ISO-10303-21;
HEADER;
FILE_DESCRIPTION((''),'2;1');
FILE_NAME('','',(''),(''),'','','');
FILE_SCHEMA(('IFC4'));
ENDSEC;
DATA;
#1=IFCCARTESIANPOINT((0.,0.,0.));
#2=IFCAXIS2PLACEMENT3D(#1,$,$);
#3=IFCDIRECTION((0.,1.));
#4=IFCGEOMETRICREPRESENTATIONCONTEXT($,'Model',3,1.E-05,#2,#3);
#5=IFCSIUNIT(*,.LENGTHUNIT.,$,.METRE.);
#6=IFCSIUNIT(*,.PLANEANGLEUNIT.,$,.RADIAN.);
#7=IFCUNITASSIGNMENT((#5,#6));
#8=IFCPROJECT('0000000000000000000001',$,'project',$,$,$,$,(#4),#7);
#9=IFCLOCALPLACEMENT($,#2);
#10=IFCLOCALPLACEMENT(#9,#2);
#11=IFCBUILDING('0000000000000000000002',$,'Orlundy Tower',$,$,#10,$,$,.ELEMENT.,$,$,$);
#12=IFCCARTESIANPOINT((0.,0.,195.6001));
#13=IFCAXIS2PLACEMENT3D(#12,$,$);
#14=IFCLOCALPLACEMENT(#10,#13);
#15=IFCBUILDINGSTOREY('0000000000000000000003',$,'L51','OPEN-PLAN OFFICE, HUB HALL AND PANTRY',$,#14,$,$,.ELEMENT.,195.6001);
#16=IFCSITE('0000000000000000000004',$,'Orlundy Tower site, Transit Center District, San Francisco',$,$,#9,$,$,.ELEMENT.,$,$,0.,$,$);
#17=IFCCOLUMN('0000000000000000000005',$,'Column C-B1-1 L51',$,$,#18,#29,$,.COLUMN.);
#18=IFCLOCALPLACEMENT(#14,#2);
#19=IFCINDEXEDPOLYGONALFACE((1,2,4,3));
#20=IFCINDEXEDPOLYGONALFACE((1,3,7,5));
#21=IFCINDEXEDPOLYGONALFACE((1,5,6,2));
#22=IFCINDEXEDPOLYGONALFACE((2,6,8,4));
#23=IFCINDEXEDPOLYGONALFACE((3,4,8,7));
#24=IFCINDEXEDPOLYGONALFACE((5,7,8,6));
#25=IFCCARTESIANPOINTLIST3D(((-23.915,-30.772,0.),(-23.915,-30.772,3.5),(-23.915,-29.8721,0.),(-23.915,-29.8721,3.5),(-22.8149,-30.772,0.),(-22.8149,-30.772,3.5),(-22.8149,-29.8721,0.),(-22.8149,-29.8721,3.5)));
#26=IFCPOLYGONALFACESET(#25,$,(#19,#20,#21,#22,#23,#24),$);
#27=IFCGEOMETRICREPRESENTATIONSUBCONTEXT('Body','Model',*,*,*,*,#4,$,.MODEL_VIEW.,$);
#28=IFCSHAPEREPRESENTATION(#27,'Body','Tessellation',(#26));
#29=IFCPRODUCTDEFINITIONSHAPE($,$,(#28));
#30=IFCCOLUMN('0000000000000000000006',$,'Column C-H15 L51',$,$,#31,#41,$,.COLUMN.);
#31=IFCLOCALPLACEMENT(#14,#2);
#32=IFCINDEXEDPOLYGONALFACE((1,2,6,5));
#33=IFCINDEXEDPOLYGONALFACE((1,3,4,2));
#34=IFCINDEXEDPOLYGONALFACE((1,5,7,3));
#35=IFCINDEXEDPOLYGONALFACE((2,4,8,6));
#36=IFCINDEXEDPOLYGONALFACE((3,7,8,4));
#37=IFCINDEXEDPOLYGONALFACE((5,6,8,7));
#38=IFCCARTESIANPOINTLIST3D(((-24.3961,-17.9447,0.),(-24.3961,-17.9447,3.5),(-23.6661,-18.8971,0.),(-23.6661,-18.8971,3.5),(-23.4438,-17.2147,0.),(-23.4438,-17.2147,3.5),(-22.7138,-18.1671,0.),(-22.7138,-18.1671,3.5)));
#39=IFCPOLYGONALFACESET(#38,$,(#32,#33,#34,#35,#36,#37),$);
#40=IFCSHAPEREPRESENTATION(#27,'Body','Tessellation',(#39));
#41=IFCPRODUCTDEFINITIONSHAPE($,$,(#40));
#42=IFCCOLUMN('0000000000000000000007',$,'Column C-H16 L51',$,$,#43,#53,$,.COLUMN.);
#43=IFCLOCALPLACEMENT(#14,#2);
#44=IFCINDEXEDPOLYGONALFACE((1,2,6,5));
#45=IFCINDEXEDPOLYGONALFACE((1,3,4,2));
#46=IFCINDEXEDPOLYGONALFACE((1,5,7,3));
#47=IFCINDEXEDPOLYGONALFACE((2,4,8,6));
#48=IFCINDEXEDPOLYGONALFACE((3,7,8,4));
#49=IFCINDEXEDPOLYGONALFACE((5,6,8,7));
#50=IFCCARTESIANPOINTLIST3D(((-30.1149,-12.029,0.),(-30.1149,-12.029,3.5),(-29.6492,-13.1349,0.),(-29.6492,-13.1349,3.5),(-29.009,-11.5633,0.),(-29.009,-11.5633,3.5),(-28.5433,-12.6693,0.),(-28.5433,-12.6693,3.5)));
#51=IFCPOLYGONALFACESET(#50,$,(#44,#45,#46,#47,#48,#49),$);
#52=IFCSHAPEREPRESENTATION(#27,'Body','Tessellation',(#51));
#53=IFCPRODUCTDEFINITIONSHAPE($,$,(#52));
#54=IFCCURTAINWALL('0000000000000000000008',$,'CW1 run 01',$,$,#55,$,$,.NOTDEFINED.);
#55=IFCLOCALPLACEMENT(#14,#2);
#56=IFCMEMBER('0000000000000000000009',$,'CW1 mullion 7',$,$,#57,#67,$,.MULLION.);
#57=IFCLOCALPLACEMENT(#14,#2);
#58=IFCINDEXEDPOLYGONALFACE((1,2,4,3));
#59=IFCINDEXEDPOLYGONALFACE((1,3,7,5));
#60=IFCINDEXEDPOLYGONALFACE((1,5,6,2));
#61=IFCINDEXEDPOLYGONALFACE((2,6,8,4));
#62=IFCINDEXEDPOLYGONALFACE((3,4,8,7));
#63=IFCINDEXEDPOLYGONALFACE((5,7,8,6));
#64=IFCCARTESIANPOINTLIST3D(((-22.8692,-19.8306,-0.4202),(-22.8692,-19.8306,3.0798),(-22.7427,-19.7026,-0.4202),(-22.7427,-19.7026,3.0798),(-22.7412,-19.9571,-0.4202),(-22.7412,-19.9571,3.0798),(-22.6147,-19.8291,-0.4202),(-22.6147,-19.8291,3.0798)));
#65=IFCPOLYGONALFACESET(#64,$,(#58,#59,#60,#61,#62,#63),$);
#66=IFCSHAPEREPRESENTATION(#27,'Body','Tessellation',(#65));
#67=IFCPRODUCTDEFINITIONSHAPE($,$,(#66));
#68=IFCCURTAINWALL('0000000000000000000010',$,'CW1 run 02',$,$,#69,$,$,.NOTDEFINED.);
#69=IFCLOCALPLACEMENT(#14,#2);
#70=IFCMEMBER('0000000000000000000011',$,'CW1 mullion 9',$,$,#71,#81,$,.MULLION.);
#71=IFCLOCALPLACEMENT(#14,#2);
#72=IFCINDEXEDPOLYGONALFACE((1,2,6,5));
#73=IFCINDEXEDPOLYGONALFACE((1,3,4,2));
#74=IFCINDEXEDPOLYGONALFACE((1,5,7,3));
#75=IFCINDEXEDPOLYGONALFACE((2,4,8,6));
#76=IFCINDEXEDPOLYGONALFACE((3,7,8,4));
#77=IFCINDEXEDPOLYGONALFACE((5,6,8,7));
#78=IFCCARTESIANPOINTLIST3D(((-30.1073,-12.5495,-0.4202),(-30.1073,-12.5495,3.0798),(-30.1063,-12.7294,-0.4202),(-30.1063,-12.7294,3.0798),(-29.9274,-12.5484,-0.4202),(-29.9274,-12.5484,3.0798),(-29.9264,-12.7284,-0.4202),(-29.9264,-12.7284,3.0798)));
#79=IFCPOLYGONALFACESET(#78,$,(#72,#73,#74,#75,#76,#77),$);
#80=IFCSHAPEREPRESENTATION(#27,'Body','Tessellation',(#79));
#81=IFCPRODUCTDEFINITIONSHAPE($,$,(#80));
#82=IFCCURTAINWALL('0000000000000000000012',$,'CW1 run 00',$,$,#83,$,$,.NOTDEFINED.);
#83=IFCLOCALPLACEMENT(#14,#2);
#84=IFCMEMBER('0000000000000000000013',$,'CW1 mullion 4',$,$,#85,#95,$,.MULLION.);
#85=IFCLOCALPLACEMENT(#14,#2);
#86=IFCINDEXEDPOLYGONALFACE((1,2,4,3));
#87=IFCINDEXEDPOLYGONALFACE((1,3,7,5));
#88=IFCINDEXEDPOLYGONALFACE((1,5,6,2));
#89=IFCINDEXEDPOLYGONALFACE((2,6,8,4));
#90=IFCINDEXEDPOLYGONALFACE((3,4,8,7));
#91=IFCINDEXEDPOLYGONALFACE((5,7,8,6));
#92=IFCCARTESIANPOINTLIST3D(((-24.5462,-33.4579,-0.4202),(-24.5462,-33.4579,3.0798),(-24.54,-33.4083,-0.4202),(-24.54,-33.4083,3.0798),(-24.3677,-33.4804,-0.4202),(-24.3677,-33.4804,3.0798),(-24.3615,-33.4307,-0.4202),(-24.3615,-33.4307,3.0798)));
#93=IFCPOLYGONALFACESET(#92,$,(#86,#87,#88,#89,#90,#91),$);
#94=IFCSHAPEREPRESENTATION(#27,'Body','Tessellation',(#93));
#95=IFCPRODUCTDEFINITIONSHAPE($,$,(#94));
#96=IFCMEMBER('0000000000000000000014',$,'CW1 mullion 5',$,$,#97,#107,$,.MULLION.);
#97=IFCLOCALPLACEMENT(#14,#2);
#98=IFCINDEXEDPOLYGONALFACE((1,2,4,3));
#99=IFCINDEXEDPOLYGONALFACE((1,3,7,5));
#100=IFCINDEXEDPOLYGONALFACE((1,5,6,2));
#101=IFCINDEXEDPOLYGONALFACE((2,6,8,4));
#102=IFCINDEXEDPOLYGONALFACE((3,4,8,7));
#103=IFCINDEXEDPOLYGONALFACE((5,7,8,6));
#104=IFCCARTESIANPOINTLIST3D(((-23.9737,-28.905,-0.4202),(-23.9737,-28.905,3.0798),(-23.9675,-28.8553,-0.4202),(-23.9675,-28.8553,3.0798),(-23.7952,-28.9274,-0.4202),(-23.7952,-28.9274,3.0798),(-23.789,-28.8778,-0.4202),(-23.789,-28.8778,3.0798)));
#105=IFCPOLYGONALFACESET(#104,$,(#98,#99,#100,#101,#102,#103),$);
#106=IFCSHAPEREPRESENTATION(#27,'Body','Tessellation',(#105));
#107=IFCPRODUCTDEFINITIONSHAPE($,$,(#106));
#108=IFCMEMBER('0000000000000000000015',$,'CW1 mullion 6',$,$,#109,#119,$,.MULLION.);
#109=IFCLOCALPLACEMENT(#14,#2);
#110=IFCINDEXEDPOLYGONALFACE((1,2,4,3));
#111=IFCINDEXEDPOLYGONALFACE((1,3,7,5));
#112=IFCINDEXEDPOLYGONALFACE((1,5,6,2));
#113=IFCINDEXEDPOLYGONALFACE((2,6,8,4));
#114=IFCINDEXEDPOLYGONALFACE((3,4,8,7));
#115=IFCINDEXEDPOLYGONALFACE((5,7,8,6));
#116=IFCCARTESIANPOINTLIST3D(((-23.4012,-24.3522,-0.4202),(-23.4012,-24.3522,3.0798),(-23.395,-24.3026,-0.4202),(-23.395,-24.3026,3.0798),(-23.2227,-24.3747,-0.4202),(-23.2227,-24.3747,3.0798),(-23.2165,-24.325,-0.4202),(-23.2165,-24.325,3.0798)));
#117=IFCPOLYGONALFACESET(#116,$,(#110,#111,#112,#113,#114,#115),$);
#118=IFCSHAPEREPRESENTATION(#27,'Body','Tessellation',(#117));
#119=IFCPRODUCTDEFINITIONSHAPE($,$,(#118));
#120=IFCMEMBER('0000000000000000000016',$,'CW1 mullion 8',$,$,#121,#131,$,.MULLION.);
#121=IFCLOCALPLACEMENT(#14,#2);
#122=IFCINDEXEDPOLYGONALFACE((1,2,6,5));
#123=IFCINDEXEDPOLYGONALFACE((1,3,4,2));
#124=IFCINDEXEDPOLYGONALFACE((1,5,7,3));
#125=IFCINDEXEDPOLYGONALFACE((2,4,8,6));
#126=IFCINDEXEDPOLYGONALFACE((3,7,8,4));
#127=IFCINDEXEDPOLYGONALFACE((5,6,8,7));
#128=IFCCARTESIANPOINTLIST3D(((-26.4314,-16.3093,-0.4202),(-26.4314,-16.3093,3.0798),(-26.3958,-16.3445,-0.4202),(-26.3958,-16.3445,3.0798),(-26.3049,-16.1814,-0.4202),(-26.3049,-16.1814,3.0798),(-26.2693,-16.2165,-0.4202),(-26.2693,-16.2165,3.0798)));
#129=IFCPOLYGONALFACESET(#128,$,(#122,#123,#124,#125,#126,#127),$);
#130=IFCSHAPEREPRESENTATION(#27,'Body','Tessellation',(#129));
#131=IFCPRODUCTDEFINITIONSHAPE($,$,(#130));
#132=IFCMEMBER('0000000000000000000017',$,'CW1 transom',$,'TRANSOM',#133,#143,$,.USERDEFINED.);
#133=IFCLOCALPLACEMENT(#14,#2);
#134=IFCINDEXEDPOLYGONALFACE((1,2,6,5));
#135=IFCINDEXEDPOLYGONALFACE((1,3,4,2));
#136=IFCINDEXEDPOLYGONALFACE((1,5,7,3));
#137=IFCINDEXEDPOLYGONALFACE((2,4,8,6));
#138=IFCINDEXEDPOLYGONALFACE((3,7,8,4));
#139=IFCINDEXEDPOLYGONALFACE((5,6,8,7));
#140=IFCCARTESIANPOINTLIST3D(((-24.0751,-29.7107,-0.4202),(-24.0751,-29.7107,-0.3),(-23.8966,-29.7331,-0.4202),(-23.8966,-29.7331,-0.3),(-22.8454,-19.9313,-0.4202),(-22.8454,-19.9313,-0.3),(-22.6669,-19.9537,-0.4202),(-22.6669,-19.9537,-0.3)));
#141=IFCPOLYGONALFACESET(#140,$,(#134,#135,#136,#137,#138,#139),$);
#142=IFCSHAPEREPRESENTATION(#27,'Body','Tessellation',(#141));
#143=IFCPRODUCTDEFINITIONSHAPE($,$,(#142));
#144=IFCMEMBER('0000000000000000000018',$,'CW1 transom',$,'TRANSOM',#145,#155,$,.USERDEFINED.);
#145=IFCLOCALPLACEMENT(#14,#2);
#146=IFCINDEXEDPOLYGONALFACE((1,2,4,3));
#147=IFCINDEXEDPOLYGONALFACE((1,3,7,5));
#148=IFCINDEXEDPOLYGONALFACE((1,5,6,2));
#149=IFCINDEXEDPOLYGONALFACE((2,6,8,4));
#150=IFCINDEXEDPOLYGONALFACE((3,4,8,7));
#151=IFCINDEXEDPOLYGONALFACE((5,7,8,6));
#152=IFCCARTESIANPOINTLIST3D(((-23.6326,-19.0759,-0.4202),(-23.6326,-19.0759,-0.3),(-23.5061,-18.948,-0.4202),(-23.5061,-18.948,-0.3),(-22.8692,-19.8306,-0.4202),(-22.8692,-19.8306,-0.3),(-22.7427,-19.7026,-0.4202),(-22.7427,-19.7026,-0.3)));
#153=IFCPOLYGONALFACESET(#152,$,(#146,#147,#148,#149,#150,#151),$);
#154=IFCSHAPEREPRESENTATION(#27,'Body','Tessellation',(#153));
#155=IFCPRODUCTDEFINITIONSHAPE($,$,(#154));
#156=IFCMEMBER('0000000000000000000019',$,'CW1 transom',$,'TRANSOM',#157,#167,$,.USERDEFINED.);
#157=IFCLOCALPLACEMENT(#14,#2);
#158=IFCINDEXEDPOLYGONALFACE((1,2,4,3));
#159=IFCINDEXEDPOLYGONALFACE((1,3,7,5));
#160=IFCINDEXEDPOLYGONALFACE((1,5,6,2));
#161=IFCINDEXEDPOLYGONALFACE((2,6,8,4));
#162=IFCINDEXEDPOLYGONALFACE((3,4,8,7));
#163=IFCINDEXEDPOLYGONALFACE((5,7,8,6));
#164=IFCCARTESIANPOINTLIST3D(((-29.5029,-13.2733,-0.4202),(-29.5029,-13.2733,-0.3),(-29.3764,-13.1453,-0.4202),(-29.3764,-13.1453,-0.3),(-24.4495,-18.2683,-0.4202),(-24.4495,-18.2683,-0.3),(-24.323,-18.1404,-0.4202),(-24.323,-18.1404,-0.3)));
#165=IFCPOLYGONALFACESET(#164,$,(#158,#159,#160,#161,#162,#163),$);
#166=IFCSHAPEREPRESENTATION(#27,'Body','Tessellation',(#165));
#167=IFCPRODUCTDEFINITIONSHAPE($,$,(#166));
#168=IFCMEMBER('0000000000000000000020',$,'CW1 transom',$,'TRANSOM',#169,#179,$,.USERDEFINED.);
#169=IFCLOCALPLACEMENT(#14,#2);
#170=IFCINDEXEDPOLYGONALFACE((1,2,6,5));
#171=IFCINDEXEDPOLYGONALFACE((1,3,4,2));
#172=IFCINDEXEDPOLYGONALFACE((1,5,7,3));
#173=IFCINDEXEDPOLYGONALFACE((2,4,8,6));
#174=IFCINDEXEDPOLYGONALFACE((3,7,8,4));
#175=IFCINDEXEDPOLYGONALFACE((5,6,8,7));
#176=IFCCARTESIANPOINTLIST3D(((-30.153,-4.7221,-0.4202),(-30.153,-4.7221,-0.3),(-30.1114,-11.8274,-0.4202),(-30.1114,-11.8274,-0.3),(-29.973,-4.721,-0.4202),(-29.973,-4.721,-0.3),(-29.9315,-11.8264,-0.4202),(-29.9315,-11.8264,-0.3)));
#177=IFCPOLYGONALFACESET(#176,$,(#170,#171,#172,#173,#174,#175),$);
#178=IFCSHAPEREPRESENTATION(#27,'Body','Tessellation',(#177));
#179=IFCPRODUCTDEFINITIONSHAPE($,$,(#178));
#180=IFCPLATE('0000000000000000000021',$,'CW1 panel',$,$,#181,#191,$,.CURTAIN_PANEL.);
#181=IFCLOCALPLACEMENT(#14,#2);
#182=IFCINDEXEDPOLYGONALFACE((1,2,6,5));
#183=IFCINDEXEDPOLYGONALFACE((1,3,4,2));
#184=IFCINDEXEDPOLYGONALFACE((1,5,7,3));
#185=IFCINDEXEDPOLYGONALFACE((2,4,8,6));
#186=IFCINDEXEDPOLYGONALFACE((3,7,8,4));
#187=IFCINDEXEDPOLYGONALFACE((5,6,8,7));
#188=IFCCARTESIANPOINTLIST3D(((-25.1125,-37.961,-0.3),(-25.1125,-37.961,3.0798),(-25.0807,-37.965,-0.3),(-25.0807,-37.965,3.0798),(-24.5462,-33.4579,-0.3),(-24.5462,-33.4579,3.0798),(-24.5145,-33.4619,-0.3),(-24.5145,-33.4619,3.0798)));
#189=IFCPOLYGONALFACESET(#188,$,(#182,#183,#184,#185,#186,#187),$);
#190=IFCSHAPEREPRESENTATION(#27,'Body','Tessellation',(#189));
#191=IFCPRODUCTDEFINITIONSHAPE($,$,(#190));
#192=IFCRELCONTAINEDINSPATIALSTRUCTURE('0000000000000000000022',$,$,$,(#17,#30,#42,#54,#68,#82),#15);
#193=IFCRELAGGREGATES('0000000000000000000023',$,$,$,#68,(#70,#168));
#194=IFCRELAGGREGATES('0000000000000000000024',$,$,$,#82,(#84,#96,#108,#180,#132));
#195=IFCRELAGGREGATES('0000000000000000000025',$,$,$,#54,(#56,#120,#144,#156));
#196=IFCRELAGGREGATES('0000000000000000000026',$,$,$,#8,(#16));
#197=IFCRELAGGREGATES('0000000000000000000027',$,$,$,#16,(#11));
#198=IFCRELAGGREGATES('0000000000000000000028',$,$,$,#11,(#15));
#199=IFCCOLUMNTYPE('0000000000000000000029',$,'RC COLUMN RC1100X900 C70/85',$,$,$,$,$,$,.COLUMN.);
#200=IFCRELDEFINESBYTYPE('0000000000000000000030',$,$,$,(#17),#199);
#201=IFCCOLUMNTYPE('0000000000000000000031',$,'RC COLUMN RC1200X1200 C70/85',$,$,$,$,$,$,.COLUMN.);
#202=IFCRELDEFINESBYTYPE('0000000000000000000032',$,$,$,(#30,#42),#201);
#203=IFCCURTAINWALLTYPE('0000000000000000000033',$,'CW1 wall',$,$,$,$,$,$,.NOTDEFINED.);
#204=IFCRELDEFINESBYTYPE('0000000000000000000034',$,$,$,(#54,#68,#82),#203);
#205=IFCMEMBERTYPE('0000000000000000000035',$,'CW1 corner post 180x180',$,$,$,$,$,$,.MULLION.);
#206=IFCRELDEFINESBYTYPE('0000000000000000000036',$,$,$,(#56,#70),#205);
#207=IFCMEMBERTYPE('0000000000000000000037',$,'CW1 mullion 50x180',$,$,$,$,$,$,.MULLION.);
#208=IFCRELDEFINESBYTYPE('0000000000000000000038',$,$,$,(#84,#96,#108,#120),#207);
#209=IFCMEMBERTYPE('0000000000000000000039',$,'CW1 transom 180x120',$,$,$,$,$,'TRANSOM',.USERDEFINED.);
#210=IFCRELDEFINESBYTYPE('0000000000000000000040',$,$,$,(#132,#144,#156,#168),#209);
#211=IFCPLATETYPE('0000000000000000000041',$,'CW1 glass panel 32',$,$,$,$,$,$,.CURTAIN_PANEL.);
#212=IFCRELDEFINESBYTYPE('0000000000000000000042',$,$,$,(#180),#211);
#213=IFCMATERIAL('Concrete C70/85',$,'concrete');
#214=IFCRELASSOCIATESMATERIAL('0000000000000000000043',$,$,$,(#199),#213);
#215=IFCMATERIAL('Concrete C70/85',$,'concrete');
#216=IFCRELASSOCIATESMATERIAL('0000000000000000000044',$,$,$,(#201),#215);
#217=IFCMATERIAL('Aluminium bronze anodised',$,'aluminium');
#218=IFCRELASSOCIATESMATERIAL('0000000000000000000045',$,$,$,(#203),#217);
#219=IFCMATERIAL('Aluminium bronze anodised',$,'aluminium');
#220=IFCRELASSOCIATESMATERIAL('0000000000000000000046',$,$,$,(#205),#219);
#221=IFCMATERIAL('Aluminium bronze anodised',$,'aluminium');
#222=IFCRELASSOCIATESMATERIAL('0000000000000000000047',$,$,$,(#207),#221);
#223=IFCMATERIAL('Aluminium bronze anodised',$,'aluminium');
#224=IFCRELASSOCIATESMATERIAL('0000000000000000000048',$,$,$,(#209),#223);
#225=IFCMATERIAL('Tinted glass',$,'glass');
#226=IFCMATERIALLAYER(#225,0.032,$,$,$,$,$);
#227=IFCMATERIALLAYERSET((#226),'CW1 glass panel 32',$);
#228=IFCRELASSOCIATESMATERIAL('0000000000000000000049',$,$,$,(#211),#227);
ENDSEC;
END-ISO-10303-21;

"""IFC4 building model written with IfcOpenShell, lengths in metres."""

from ifc_helpers import new_model, si_unit, direction, frame, origin, origin_2d, place, context, subcontext, project, spatial, rectangle, extrude, material, layer, layer_set, material_profile, profile_set, type_object, element, aggregate, save


model = new_model("IFC4")

# Units and contexts
model_context = context("Model", 3, precision=1e-05, world=origin(), true_north=direction((0.0, 1.0)))
body_context = subcontext(model_context, "Body", "Model", "MODEL_VIEW")
ifc_project = project(units=[si_unit("LENGTHUNIT", "METRE"), si_unit("PLANEANGLEUNIT", "RADIAN")], contexts=[model_context])

# Site, building, storey
site_placement = place(None, origin())
site = spatial("IfcSite", under=ifc_project, at=site_placement, Name="Orlundy Tower site, Transit Center District, San Francisco", CompositionType="ELEMENT", RefElevation=0.0)
building_placement = place(site_placement, origin())
building = spatial("IfcBuilding", under=site, at=building_placement, Name="Orlundy Tower", CompositionType="ELEMENT")
storey_placement = place(building_placement, frame((0.0, 0.0, 195.6001)))
storey = spatial("IfcBuildingStorey", under=building, at=storey_placement, Name="L51", Description="OPEN-PLAN OFFICE, HUB HALL AND PANTRY", CompositionType="ELEMENT", Elevation=195.6001)

# Columns
ifc_material_1 = material(Name="Concrete C70/85", Category="concrete")
ifc_material_profile_1 = material_profile(ifc_material_1, rectangle(XDim=1.1001, YDim=0.8999, at=origin_2d()), Name="RC1100X900")
ifc_profile_set_1 = profile_set([ifc_material_profile_1], Name="Concrete C70/85")
column_type_1 = type_object("IfcColumnType", Name="RC COLUMN RC1100X900 C70/85", PredefinedType="COLUMN", material=ifc_profile_set_1)
column_placement = place(storey_placement, frame((-23.365, -30.322, 0.0), z_axis=(0.0, 0.0, 1.0), x_axis=(1.0, 0.0, 0.0)))
element("IfcColumn", 1, at=column_placement, inside=storey, type_object=column_type_1, Name="Column C-B1-1 L51", PredefinedType="COLUMN", context=body_context, shape_type="SweptSolid", body=[
    extrude(rectangle(XDim=1.1001, YDim=0.8999, at=origin_2d()), origin(), (0.0, 0.0, 1.0), 3.5),
])
ifc_material_2 = material(Name="Concrete C70/85", Category="concrete")
ifc_material_profile_2 = material_profile(ifc_material_2, rectangle(XDim=1.2, YDim=1.2, at=origin_2d()), Name="RC1200X1200")
ifc_profile_set_2 = profile_set([ifc_material_profile_2], Name="Concrete C70/85")
column_type_2 = type_object("IfcColumnType", Name="RC COLUMN RC1200X1200 C70/85", PredefinedType="COLUMN", material=ifc_profile_set_2)
for number, where, z_axis, x_axis, name in (
    (2, (-23.5549, -18.0559, 0.0), (0.0, 0.0, 1.0), (-0.793651, -0.608374, 0.0), "Column C-H15 L51"),
    (3, (-29.3291, -12.3491, 0.0), (0.0, 0.0, 1.0), (-0.921633, -0.388063, 0.0), "Column C-H16 L51"),
):
    element("IfcColumn", number, at=place(storey_placement, frame(where, z_axis=z_axis, x_axis=x_axis)), inside=storey, type_object=column_type_2, Name=name, PredefinedType="COLUMN", context=body_context, shape_type="SweptSolid", body=[
        extrude(rectangle(XDim=1.2, YDim=1.2, at=origin_2d()), origin(), (0.0, 0.0, 1.0), 3.5),
    ])

# Curtain walls, members
ifc_material_3 = material(Name="Aluminium bronze anodised", Category="aluminium")
curtain_wall_type = type_object("IfcCurtainWallType", Name="CW1 wall", PredefinedType="NOTDEFINED", material=ifc_material_3)
curtain_wall_1_placement = place(storey_placement, origin())
curtain_wall_1 = element("IfcCurtainWall", 4, at=curtain_wall_1_placement, inside=storey, type_object=curtain_wall_type, Name="CW1 run 01", PredefinedType="NOTDEFINED")
ifc_material_4 = material(Name="Aluminium bronze anodised", Category="aluminium")
ifc_material_profile_3 = material_profile(ifc_material_4, rectangle(XDim=0.1799, YDim=0.1799, at=origin_2d()), Name="CW1 corner post 180x180")
ifc_profile_set_3 = profile_set([ifc_material_profile_3], Name="Aluminium bronze anodised")
member_type_1 = type_object("IfcMemberType", Name="CW1 corner post 180x180", PredefinedType="MULLION", material=ifc_profile_set_3)
member_1_placement = place(storey_placement, frame((-22.7419, -19.8298, -0.4202), z_axis=(0.0, 0.0, 1.0), x_axis=(-0.702992, -0.711198, 0.0)))
member_1 = element("IfcMember", 5, at=member_1_placement, type_object=member_type_1, Name="CW1 mullion 7", PredefinedType="MULLION", context=body_context, shape_type="SweptSolid", body=[
    extrude(rectangle(XDim=0.1799, YDim=0.1799, at=origin_2d()), origin(), (0.0, 0.0, 1.0), 3.5),
])
curtain_wall_2_placement = place(storey_placement, origin())
curtain_wall_2 = element("IfcCurtainWall", 6, at=curtain_wall_2_placement, inside=storey, type_object=curtain_wall_type, Name="CW1 run 02", PredefinedType="NOTDEFINED")
member_2_placement = place(storey_placement, frame((-30.0168, -12.6389, -0.4202), z_axis=(0.0, 0.0, 1.0), x_axis=(-0.999983, -0.005834, 0.0)))
member_2 = element("IfcMember", 7, at=member_2_placement, type_object=member_type_1, Name="CW1 mullion 9", PredefinedType="MULLION", context=body_context, shape_type="SweptSolid", body=[
    extrude(rectangle(XDim=0.1799, YDim=0.1799, at=origin_2d()), origin(), (0.0, 0.0, 1.0), 3.5),
])

# Curtain wall, members
curtain_wall_3_placement = place(storey_placement, origin())
curtain_wall_3 = element("IfcCurtainWall", 8, at=curtain_wall_3_placement, inside=storey, type_object=curtain_wall_type, Name="CW1 run 00", PredefinedType="NOTDEFINED")
ifc_material_5 = material(Name="Aluminium bronze anodised", Category="aluminium")
ifc_material_profile_4 = material_profile(ifc_material_5, rectangle(XDim=0.1799, YDim=0.05, at=origin_2d()), Name="CW1 mullion 50x180")
ifc_profile_set_4 = profile_set([ifc_material_profile_4], Name="Aluminium bronze anodised")
member_type_2 = type_object("IfcMemberType", Name="CW1 mullion 50x180", PredefinedType="MULLION", material=ifc_profile_set_4)
member_3_placement = place(storey_placement, frame((-24.4539, -33.4443, -0.4202), z_axis=(0.0, 0.0, 1.0), x_axis=(-0.992187, 0.124763, 0.0)))
member_3 = element("IfcMember", 9, at=member_3_placement, type_object=member_type_2, Name="CW1 mullion 4", PredefinedType="MULLION", context=body_context, shape_type="SweptSolid", body=[
    extrude(rectangle(XDim=0.1799, YDim=0.05, at=origin_2d()), origin(), (0.0, 0.0, 1.0), 3.5),
])
member_4_placement = place(storey_placement, frame((-23.8813, -28.8914, -0.4202), z_axis=(0.0, 0.0, 1.0), x_axis=(-0.992187, 0.124763, 0.0)))
member_4 = element("IfcMember", 10, at=member_4_placement, type_object=member_type_2, Name="CW1 mullion 5", PredefinedType="MULLION", context=body_context, shape_type="SweptSolid", body=[
    extrude(rectangle(XDim=0.1799, YDim=0.05, at=origin_2d()), origin(), (0.0, 0.0, 1.0), 3.5),
])
member_5_placement = place(storey_placement, frame((-23.3088, -24.3386, -0.4202), z_axis=(0.0, 0.0, 1.0), x_axis=(-0.992187, 0.124763, 0.0)))
member_5 = element("IfcMember", 11, at=member_5_placement, type_object=member_type_2, Name="CW1 mullion 6", PredefinedType="MULLION", context=body_context, shape_type="SweptSolid", body=[
    extrude(rectangle(XDim=0.1799, YDim=0.05, at=origin_2d()), origin(), (0.0, 0.0, 1.0), 3.5),
])

# Members
member_6_placement = place(storey_placement, frame((-26.3503, -16.2629, -0.4202), z_axis=(0.0, 0.0, 1.0), x_axis=(-0.702992, -0.711198, 0.0)))
member_6 = element("IfcMember", 12, at=member_6_placement, type_object=member_type_2, Name="CW1 mullion 8", PredefinedType="MULLION", context=body_context, shape_type="SweptSolid", body=[
    extrude(rectangle(XDim=0.1799, YDim=0.05, at=origin_2d()), origin(), (0.0, 0.0, 1.0), 3.5),
])
ifc_material_6 = material(Name="Aluminium bronze anodised", Category="aluminium")
ifc_material_profile_5 = material_profile(ifc_material_6, rectangle(XDim=0.1799, YDim=0.1201, at=origin_2d()), Name="CW1 transom 180x120")
ifc_profile_set_5 = profile_set([ifc_material_profile_5], Name="Aluminium bronze anodised")
member_type_3 = type_object("IfcMemberType", Name="CW1 transom 180x120", ElementType="TRANSOM", PredefinedType="USERDEFINED", material=ifc_profile_set_5)
member_7_placement = place(storey_placement, frame((-23.9858, -29.7219, -0.3601), z_axis=(0.124763, 0.992187, 0.0), x_axis=(-0.992187, 0.124763, 0.0)))
member_7 = element("IfcMember", 13, at=member_7_placement, type_object=member_type_3, Name="CW1 transom", ObjectType="TRANSOM", PredefinedType="USERDEFINED", context=body_context, shape_type="SweptSolid", body=[
    extrude(rectangle(XDim=0.1799, YDim=0.1201, at=origin_2d()), origin(), (0.0, 0.0, 1.0), 9.8564),
])
member_8_placement = place(storey_placement, frame((-22.8059, -19.7666, -0.3601), z_axis=(-0.711189, 0.703001, 0.0), x_axis=(-0.703001, -0.711189, 0.0)))
member_8 = element("IfcMember", 14, at=member_8_placement, type_object=member_type_3, Name="CW1 transom", ObjectType="TRANSOM", PredefinedType="USERDEFINED", context=body_context, shape_type="SweptSolid", body=[
    extrude(rectangle(XDim=0.1799, YDim=0.1201, at=origin_2d()), origin(), (0.0, 0.0, 1.0), 1.0735),
])
member_9_placement = place(storey_placement, frame((-24.3862, -18.2043, -0.3601), z_axis=(-0.711201, 0.702989, 0.0), x_axis=(-0.702989, -0.711201, 0.0)))
member_9 = element("IfcMember", 15, at=member_9_placement, type_object=member_type_3, Name="CW1 transom", ObjectType="TRANSOM", PredefinedType="USERDEFINED", context=body_context, shape_type="SweptSolid", body=[
    extrude(rectangle(XDim=0.1799, YDim=0.1201, at=origin_2d()), origin(), (0.0, 0.0, 1.0), 7.1055),
])
member_10_placement = place(storey_placement, frame((-30.0215, -11.8269, -0.3601), z_axis=(-0.005841, 0.999983, 0.0), x_axis=(-0.999983, -0.005841, 0.0)))
member_10 = element("IfcMember", 16, at=member_10_placement, type_object=member_type_3, Name="CW1 transom", ObjectType="TRANSOM", PredefinedType="USERDEFINED", context=body_context, shape_type="SweptSolid", body=[
    extrude(rectangle(XDim=0.1799, YDim=0.1201, at=origin_2d()), origin(), (0.0, 0.0, 1.0), 7.1055),
])
aggregate(curtain_wall_2, [member_2, member_10])

# Plate
ifc_material_7 = material(Name="Tinted glass", Category="glass")
ifc_layer_1 = layer(ifc_material_7, 0.032)
ifc_layer_set_1 = layer_set([ifc_layer_1], Name="CW1 glass panel 32")
plate_type = type_object("IfcPlateType", Name="CW1 glass panel 32", PredefinedType="CURTAIN_PANEL", material=ifc_layer_set_1)
plate_1_placement = place(storey_placement, frame((-24.8135, -35.7114, -0.3), z_axis=(0.0, 0.0, 1.0), x_axis=(0.124763, 0.992187, 0.0)))
plate_1 = element("IfcPlate", 17, at=plate_1_placement, type_object=plate_type, Name="CW1 panel", PredefinedType="CURTAIN_PANEL", context=body_context, shape_type="SweptSolid", body=[
    extrude(rectangle(XDim=4.5386, YDim=0.032, at=origin_2d()), origin(), (0.0, 0.0, 1.0), 3.3799),
])
aggregate(curtain_wall_3, [member_3, member_4, member_5, plate_1, member_7])
aggregate(curtain_wall_1, [member_1, member_6, member_8, member_9])

save(model, "model.ifc")
